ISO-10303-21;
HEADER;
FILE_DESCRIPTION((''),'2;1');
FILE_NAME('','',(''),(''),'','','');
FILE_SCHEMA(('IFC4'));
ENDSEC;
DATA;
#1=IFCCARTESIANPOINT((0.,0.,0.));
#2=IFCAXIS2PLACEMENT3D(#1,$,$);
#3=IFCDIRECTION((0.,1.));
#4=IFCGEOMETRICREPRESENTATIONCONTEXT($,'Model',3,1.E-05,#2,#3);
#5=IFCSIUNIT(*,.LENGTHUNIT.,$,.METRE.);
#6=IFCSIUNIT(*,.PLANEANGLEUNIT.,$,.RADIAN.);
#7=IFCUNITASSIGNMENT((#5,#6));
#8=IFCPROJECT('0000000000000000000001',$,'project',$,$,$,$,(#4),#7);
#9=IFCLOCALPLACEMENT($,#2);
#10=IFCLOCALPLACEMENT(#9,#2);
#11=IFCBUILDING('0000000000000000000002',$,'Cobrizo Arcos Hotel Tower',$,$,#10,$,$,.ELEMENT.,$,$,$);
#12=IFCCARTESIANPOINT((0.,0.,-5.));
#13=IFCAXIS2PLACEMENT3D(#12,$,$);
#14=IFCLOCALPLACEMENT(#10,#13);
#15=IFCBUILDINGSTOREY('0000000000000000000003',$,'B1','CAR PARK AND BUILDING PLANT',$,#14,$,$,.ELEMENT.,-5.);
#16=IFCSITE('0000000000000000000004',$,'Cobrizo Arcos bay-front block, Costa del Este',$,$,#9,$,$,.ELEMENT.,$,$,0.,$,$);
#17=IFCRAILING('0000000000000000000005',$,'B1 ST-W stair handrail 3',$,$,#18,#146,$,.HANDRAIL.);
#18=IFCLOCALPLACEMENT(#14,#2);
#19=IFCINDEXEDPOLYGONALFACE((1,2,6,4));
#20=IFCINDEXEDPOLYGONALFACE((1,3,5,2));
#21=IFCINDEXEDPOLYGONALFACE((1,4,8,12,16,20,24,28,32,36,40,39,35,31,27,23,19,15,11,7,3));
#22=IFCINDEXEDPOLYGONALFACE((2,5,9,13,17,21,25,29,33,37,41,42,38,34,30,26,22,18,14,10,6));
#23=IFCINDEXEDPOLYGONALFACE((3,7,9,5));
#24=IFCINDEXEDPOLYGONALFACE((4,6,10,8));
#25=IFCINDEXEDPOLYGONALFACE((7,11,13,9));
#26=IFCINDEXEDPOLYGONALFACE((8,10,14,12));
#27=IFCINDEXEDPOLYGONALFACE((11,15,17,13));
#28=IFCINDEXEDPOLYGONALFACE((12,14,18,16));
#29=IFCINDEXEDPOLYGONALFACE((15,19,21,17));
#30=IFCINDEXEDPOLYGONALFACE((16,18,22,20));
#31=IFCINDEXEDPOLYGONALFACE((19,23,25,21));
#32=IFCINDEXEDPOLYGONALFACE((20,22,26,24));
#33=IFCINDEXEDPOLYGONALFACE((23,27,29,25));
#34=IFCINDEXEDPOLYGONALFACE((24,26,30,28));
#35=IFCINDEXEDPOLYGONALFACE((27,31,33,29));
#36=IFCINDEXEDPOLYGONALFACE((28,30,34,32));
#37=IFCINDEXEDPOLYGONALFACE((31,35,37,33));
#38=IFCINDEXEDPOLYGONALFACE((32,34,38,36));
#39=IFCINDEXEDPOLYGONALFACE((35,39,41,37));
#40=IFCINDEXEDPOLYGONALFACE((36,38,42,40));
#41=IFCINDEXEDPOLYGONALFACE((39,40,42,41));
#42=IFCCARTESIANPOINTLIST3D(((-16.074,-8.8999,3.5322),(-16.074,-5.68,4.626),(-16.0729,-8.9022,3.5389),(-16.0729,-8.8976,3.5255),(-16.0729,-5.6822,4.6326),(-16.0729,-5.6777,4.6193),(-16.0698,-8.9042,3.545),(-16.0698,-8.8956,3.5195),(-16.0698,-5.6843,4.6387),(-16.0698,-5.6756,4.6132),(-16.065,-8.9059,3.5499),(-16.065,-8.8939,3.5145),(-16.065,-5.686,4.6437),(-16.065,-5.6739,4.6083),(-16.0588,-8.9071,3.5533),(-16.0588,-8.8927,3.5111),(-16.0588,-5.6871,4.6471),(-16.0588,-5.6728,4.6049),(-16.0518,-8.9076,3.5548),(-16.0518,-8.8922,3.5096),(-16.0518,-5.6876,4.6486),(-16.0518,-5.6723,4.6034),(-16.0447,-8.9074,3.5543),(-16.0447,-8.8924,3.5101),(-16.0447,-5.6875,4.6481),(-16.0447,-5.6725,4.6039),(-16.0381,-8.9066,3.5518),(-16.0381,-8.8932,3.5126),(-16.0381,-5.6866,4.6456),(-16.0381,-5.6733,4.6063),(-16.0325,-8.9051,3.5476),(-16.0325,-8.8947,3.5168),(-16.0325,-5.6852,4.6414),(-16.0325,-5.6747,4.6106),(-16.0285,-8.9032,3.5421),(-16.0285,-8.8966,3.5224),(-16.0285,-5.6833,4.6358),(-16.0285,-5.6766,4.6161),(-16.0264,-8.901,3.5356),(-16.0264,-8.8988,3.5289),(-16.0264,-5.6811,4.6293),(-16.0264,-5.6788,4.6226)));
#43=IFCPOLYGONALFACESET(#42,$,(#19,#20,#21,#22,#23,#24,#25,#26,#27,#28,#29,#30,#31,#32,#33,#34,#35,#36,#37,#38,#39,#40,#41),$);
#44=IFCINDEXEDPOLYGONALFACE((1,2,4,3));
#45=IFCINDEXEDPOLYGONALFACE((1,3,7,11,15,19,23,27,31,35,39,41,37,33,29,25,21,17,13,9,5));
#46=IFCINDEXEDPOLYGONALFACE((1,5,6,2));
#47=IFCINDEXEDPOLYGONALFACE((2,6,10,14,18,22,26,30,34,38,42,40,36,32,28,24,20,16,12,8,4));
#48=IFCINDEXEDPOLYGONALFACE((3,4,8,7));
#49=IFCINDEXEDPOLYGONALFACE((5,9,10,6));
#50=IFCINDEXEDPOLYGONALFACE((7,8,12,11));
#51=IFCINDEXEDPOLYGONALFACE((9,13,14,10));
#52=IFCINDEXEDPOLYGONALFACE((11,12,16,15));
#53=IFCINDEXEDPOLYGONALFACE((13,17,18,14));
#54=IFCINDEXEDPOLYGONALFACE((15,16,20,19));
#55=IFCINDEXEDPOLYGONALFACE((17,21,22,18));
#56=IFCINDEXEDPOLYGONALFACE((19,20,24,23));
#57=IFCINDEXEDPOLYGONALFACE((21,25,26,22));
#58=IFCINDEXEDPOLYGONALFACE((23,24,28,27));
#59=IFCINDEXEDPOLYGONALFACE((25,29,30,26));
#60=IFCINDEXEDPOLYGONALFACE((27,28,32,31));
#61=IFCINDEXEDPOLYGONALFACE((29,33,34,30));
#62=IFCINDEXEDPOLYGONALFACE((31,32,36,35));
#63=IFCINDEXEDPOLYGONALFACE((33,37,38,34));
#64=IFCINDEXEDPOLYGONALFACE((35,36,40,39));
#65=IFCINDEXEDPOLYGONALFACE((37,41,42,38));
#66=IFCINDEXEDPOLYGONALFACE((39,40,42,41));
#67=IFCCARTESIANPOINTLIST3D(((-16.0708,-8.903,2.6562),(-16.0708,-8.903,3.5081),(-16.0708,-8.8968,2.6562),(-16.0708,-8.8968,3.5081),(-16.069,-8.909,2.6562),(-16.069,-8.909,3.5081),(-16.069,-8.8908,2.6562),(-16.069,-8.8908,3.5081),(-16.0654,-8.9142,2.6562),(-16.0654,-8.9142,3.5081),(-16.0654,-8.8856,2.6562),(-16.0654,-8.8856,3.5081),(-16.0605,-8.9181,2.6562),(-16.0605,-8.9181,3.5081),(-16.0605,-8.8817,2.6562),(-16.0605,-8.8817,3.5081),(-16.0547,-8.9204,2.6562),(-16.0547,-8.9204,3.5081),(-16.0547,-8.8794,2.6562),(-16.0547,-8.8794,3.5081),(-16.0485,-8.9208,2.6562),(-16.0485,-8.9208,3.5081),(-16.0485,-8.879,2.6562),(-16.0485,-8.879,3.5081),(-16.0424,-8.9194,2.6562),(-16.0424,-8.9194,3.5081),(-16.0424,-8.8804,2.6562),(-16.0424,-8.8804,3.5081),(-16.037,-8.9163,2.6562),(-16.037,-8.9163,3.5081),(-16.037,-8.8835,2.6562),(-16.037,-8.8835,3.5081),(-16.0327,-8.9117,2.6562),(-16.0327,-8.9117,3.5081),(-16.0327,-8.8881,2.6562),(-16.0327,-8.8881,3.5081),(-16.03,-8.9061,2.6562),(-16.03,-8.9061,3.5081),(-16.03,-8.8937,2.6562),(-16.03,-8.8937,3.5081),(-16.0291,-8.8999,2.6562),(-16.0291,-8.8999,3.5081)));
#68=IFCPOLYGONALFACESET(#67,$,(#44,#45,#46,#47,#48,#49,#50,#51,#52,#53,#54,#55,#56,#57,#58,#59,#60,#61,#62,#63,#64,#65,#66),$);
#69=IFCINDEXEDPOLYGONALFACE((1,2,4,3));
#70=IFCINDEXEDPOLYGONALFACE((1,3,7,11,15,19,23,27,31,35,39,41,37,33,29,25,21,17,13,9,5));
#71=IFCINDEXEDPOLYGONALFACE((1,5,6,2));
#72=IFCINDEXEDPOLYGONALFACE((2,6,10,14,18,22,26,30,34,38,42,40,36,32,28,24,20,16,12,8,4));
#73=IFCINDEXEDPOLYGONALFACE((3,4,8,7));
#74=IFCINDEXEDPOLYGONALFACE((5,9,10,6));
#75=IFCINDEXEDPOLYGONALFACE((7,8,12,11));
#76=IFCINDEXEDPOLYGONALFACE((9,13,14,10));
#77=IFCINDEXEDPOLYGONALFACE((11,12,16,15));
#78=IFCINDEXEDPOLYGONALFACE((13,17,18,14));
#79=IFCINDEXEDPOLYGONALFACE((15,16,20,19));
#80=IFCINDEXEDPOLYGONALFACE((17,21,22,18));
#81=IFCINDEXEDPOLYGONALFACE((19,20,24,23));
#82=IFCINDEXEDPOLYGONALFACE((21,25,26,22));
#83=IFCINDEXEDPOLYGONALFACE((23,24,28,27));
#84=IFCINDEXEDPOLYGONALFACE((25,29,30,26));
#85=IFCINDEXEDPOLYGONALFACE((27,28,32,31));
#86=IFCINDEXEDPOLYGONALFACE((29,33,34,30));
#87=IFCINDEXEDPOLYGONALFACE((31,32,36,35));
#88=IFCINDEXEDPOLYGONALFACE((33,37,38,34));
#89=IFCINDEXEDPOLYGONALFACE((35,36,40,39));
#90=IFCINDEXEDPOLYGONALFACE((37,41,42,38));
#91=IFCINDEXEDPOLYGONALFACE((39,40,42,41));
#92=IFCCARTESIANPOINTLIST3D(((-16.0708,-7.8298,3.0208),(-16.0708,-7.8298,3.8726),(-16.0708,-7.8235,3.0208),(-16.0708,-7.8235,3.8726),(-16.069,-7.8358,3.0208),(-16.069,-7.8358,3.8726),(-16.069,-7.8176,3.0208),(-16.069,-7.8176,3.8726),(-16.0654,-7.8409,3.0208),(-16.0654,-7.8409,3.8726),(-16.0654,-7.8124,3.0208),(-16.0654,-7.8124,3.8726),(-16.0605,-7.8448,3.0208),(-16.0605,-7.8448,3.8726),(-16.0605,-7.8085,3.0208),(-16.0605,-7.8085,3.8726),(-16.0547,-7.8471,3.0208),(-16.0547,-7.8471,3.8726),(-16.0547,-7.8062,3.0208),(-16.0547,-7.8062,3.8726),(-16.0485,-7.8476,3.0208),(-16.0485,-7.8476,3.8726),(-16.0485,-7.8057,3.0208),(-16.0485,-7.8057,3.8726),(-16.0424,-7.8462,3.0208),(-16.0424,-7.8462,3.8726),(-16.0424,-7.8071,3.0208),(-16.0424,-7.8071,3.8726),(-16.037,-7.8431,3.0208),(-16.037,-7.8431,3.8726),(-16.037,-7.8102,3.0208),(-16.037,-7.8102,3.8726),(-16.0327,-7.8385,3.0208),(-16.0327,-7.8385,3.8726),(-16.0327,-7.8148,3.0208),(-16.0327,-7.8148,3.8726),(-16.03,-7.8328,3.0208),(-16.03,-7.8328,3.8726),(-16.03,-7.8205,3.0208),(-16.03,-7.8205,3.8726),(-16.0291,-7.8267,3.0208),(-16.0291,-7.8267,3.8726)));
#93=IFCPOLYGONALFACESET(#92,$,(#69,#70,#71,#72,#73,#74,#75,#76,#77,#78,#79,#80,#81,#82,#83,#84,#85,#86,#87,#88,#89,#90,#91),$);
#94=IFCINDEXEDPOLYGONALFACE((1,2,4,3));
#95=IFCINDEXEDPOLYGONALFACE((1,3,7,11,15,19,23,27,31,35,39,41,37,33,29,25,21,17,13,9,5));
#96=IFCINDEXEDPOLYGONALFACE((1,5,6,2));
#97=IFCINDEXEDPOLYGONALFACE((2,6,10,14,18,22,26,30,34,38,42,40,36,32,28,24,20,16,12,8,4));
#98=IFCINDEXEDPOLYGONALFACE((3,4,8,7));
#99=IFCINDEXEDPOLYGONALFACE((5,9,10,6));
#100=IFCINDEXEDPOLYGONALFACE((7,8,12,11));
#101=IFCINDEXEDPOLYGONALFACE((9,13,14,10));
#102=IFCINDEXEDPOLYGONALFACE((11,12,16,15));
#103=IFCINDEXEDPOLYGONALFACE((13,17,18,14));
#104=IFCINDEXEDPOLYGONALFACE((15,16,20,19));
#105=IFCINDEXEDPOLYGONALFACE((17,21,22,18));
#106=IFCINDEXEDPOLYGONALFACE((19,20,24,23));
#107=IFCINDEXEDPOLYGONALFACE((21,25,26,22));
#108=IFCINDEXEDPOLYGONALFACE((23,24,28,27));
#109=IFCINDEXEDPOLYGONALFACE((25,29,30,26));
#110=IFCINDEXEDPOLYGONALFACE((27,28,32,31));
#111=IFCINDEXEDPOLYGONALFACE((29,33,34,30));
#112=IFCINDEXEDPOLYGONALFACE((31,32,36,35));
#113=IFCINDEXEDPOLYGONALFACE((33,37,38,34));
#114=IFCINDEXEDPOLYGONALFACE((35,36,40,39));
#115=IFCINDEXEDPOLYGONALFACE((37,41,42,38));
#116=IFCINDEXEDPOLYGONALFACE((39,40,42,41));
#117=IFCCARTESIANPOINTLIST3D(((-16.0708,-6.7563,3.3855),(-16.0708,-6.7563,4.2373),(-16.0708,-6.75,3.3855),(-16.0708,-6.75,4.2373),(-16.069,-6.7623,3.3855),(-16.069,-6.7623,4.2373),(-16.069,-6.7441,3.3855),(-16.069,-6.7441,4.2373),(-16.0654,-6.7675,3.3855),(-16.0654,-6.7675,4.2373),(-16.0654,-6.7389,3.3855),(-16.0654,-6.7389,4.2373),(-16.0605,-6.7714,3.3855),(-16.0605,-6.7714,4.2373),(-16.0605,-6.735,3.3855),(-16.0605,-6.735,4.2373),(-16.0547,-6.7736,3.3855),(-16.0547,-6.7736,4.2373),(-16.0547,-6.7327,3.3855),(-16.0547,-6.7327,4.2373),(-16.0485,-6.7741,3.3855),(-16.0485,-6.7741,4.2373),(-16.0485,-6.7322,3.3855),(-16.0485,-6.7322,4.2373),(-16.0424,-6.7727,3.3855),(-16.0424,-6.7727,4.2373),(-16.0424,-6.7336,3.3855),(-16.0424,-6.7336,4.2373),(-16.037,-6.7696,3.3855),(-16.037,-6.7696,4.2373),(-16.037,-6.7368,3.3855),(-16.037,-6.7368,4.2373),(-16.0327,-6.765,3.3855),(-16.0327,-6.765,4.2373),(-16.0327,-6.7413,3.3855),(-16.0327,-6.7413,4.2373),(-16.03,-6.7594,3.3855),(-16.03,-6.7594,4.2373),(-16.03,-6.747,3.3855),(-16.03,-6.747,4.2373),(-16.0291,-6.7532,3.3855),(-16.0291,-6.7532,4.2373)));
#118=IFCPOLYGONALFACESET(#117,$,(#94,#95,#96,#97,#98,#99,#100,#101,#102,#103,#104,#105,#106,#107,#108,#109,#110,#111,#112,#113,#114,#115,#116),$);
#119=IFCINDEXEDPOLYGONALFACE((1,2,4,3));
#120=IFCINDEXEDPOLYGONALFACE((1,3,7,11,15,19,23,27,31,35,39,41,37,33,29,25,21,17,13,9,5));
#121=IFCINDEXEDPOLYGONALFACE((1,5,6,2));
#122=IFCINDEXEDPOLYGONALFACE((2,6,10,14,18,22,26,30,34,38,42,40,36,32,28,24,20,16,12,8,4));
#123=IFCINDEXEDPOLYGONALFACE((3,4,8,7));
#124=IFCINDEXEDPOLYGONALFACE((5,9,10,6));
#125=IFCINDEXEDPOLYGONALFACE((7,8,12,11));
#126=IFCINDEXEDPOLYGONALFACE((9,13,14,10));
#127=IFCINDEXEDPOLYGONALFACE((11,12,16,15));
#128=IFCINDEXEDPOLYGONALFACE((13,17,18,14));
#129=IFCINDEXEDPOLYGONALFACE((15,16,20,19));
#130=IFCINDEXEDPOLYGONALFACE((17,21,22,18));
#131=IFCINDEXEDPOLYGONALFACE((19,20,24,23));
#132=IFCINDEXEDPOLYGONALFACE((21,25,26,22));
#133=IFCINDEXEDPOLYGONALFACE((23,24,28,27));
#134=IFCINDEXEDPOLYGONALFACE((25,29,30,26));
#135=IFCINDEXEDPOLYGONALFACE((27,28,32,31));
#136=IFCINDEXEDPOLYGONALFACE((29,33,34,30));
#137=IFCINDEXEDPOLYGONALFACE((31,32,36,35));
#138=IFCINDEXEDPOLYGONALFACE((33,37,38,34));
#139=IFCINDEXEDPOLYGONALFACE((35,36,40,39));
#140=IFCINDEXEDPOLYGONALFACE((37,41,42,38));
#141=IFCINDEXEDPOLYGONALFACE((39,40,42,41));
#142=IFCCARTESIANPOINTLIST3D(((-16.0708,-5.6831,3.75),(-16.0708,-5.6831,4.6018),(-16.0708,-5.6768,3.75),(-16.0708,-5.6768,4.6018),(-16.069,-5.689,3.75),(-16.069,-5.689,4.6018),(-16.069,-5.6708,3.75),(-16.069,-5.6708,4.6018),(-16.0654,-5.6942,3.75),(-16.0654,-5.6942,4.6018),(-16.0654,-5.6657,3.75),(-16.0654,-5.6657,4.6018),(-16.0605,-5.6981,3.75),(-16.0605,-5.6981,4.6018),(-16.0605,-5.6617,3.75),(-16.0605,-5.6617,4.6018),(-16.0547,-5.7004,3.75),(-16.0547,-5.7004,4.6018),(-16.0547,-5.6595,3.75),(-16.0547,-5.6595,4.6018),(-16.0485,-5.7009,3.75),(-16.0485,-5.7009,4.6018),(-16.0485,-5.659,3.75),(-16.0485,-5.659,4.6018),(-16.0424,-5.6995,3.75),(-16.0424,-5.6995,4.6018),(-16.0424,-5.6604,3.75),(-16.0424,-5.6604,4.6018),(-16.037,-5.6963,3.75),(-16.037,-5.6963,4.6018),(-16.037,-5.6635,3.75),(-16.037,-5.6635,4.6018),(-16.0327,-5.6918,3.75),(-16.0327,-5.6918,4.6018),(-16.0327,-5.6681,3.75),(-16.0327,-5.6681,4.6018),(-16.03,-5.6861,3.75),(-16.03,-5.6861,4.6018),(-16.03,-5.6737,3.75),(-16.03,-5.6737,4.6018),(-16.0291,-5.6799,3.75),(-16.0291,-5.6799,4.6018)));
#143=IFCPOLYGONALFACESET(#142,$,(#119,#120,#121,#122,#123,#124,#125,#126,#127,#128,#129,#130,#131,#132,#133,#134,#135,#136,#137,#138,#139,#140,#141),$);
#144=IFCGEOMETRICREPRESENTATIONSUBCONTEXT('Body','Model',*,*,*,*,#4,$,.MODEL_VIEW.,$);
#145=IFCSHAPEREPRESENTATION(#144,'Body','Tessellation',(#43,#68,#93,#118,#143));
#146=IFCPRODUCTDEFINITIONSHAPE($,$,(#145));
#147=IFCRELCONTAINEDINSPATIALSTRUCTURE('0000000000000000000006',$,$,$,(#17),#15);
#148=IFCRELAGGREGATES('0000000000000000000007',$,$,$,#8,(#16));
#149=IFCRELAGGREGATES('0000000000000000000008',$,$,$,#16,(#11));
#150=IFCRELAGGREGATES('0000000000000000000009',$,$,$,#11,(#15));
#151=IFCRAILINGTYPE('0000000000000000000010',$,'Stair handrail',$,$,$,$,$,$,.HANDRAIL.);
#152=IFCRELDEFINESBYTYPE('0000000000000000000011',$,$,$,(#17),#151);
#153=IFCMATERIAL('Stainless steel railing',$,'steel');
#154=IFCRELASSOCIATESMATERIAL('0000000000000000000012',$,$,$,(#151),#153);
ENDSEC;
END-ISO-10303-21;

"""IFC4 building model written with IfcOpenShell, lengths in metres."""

from ifc_helpers import new_model, si_unit, direction, frame, origin, origin_2d, place, context, subcontext, project, spatial, circle, extrude, material, type_object, element, save


model = new_model("IFC4")

# Units and contexts
model_context = context("Model", 3, precision=1e-05, world=origin(), true_north=direction((0.0, 1.0)))
body_context = subcontext(model_context, "Body", "Model", "MODEL_VIEW")
ifc_project = project(units=[si_unit("LENGTHUNIT", "METRE"), si_unit("PLANEANGLEUNIT", "RADIAN")], contexts=[model_context])

# Site, building, storey
site_placement = place(None, origin())
site = spatial("IfcSite", under=ifc_project, at=site_placement, Name="Cobrizo Arcos bay-front block, Costa del Este", CompositionType="ELEMENT", RefElevation=0.0)
building_placement = place(site_placement, origin())
building = spatial("IfcBuilding", under=site, at=building_placement, Name="Cobrizo Arcos Hotel Tower", CompositionType="ELEMENT")
storey_placement = place(building_placement, frame((0.0, 0.0, -5.0)))
storey = spatial("IfcBuildingStorey", under=building, at=storey_placement, Name="B1", Description="CAR PARK AND BUILDING PLANT", CompositionType="ELEMENT", Elevation=-5.0)

# Railing
ifc_material_1 = material(Name="Stainless steel railing", Category="steel")
railing_type_1 = type_object("IfcRailingType", Name="Stair handrail", PredefinedType="HANDRAIL", material=ifc_material_1)
railing_1_placement = place(storey_placement, frame((-16.05, -8.8999, 2.6562)))
element("IfcRailing", 1, at=railing_1_placement, inside=storey, type_object=railing_type_1, Name="B1 ST-W stair handrail 3", PredefinedType="HANDRAIL", context=body_context, shape_type="SweptSolid", body=[
    extrude(circle(Radius=0.0239, at=origin_2d()), frame((0.0, 0.0, 0.876), z_axis=(0.0, 0.946866, 0.321629), x_axis=(-1.0, 0.0, 0.0)), (0.0, 0.0, 1.0), 3.4006),
    extrude(circle(Radius=0.021, at=origin_2d()), origin(), (0.0, 0.0, 1.0), 0.8518),
    extrude(circle(Radius=0.021, at=origin_2d()), frame((0.0, 1.0732, 0.3645)), (0.0, 0.0, 1.0), 0.8518),
    extrude(circle(Radius=0.021, at=origin_2d()), frame((0.0, 2.1467, 0.7292)), (0.0, 0.0, 1.0), 0.8518),
    extrude(circle(Radius=0.021, at=origin_2d()), frame((0.0, 3.22, 1.0938)), (0.0, 0.0, 1.0), 0.8518),
])

save(model, "model.ifc")
